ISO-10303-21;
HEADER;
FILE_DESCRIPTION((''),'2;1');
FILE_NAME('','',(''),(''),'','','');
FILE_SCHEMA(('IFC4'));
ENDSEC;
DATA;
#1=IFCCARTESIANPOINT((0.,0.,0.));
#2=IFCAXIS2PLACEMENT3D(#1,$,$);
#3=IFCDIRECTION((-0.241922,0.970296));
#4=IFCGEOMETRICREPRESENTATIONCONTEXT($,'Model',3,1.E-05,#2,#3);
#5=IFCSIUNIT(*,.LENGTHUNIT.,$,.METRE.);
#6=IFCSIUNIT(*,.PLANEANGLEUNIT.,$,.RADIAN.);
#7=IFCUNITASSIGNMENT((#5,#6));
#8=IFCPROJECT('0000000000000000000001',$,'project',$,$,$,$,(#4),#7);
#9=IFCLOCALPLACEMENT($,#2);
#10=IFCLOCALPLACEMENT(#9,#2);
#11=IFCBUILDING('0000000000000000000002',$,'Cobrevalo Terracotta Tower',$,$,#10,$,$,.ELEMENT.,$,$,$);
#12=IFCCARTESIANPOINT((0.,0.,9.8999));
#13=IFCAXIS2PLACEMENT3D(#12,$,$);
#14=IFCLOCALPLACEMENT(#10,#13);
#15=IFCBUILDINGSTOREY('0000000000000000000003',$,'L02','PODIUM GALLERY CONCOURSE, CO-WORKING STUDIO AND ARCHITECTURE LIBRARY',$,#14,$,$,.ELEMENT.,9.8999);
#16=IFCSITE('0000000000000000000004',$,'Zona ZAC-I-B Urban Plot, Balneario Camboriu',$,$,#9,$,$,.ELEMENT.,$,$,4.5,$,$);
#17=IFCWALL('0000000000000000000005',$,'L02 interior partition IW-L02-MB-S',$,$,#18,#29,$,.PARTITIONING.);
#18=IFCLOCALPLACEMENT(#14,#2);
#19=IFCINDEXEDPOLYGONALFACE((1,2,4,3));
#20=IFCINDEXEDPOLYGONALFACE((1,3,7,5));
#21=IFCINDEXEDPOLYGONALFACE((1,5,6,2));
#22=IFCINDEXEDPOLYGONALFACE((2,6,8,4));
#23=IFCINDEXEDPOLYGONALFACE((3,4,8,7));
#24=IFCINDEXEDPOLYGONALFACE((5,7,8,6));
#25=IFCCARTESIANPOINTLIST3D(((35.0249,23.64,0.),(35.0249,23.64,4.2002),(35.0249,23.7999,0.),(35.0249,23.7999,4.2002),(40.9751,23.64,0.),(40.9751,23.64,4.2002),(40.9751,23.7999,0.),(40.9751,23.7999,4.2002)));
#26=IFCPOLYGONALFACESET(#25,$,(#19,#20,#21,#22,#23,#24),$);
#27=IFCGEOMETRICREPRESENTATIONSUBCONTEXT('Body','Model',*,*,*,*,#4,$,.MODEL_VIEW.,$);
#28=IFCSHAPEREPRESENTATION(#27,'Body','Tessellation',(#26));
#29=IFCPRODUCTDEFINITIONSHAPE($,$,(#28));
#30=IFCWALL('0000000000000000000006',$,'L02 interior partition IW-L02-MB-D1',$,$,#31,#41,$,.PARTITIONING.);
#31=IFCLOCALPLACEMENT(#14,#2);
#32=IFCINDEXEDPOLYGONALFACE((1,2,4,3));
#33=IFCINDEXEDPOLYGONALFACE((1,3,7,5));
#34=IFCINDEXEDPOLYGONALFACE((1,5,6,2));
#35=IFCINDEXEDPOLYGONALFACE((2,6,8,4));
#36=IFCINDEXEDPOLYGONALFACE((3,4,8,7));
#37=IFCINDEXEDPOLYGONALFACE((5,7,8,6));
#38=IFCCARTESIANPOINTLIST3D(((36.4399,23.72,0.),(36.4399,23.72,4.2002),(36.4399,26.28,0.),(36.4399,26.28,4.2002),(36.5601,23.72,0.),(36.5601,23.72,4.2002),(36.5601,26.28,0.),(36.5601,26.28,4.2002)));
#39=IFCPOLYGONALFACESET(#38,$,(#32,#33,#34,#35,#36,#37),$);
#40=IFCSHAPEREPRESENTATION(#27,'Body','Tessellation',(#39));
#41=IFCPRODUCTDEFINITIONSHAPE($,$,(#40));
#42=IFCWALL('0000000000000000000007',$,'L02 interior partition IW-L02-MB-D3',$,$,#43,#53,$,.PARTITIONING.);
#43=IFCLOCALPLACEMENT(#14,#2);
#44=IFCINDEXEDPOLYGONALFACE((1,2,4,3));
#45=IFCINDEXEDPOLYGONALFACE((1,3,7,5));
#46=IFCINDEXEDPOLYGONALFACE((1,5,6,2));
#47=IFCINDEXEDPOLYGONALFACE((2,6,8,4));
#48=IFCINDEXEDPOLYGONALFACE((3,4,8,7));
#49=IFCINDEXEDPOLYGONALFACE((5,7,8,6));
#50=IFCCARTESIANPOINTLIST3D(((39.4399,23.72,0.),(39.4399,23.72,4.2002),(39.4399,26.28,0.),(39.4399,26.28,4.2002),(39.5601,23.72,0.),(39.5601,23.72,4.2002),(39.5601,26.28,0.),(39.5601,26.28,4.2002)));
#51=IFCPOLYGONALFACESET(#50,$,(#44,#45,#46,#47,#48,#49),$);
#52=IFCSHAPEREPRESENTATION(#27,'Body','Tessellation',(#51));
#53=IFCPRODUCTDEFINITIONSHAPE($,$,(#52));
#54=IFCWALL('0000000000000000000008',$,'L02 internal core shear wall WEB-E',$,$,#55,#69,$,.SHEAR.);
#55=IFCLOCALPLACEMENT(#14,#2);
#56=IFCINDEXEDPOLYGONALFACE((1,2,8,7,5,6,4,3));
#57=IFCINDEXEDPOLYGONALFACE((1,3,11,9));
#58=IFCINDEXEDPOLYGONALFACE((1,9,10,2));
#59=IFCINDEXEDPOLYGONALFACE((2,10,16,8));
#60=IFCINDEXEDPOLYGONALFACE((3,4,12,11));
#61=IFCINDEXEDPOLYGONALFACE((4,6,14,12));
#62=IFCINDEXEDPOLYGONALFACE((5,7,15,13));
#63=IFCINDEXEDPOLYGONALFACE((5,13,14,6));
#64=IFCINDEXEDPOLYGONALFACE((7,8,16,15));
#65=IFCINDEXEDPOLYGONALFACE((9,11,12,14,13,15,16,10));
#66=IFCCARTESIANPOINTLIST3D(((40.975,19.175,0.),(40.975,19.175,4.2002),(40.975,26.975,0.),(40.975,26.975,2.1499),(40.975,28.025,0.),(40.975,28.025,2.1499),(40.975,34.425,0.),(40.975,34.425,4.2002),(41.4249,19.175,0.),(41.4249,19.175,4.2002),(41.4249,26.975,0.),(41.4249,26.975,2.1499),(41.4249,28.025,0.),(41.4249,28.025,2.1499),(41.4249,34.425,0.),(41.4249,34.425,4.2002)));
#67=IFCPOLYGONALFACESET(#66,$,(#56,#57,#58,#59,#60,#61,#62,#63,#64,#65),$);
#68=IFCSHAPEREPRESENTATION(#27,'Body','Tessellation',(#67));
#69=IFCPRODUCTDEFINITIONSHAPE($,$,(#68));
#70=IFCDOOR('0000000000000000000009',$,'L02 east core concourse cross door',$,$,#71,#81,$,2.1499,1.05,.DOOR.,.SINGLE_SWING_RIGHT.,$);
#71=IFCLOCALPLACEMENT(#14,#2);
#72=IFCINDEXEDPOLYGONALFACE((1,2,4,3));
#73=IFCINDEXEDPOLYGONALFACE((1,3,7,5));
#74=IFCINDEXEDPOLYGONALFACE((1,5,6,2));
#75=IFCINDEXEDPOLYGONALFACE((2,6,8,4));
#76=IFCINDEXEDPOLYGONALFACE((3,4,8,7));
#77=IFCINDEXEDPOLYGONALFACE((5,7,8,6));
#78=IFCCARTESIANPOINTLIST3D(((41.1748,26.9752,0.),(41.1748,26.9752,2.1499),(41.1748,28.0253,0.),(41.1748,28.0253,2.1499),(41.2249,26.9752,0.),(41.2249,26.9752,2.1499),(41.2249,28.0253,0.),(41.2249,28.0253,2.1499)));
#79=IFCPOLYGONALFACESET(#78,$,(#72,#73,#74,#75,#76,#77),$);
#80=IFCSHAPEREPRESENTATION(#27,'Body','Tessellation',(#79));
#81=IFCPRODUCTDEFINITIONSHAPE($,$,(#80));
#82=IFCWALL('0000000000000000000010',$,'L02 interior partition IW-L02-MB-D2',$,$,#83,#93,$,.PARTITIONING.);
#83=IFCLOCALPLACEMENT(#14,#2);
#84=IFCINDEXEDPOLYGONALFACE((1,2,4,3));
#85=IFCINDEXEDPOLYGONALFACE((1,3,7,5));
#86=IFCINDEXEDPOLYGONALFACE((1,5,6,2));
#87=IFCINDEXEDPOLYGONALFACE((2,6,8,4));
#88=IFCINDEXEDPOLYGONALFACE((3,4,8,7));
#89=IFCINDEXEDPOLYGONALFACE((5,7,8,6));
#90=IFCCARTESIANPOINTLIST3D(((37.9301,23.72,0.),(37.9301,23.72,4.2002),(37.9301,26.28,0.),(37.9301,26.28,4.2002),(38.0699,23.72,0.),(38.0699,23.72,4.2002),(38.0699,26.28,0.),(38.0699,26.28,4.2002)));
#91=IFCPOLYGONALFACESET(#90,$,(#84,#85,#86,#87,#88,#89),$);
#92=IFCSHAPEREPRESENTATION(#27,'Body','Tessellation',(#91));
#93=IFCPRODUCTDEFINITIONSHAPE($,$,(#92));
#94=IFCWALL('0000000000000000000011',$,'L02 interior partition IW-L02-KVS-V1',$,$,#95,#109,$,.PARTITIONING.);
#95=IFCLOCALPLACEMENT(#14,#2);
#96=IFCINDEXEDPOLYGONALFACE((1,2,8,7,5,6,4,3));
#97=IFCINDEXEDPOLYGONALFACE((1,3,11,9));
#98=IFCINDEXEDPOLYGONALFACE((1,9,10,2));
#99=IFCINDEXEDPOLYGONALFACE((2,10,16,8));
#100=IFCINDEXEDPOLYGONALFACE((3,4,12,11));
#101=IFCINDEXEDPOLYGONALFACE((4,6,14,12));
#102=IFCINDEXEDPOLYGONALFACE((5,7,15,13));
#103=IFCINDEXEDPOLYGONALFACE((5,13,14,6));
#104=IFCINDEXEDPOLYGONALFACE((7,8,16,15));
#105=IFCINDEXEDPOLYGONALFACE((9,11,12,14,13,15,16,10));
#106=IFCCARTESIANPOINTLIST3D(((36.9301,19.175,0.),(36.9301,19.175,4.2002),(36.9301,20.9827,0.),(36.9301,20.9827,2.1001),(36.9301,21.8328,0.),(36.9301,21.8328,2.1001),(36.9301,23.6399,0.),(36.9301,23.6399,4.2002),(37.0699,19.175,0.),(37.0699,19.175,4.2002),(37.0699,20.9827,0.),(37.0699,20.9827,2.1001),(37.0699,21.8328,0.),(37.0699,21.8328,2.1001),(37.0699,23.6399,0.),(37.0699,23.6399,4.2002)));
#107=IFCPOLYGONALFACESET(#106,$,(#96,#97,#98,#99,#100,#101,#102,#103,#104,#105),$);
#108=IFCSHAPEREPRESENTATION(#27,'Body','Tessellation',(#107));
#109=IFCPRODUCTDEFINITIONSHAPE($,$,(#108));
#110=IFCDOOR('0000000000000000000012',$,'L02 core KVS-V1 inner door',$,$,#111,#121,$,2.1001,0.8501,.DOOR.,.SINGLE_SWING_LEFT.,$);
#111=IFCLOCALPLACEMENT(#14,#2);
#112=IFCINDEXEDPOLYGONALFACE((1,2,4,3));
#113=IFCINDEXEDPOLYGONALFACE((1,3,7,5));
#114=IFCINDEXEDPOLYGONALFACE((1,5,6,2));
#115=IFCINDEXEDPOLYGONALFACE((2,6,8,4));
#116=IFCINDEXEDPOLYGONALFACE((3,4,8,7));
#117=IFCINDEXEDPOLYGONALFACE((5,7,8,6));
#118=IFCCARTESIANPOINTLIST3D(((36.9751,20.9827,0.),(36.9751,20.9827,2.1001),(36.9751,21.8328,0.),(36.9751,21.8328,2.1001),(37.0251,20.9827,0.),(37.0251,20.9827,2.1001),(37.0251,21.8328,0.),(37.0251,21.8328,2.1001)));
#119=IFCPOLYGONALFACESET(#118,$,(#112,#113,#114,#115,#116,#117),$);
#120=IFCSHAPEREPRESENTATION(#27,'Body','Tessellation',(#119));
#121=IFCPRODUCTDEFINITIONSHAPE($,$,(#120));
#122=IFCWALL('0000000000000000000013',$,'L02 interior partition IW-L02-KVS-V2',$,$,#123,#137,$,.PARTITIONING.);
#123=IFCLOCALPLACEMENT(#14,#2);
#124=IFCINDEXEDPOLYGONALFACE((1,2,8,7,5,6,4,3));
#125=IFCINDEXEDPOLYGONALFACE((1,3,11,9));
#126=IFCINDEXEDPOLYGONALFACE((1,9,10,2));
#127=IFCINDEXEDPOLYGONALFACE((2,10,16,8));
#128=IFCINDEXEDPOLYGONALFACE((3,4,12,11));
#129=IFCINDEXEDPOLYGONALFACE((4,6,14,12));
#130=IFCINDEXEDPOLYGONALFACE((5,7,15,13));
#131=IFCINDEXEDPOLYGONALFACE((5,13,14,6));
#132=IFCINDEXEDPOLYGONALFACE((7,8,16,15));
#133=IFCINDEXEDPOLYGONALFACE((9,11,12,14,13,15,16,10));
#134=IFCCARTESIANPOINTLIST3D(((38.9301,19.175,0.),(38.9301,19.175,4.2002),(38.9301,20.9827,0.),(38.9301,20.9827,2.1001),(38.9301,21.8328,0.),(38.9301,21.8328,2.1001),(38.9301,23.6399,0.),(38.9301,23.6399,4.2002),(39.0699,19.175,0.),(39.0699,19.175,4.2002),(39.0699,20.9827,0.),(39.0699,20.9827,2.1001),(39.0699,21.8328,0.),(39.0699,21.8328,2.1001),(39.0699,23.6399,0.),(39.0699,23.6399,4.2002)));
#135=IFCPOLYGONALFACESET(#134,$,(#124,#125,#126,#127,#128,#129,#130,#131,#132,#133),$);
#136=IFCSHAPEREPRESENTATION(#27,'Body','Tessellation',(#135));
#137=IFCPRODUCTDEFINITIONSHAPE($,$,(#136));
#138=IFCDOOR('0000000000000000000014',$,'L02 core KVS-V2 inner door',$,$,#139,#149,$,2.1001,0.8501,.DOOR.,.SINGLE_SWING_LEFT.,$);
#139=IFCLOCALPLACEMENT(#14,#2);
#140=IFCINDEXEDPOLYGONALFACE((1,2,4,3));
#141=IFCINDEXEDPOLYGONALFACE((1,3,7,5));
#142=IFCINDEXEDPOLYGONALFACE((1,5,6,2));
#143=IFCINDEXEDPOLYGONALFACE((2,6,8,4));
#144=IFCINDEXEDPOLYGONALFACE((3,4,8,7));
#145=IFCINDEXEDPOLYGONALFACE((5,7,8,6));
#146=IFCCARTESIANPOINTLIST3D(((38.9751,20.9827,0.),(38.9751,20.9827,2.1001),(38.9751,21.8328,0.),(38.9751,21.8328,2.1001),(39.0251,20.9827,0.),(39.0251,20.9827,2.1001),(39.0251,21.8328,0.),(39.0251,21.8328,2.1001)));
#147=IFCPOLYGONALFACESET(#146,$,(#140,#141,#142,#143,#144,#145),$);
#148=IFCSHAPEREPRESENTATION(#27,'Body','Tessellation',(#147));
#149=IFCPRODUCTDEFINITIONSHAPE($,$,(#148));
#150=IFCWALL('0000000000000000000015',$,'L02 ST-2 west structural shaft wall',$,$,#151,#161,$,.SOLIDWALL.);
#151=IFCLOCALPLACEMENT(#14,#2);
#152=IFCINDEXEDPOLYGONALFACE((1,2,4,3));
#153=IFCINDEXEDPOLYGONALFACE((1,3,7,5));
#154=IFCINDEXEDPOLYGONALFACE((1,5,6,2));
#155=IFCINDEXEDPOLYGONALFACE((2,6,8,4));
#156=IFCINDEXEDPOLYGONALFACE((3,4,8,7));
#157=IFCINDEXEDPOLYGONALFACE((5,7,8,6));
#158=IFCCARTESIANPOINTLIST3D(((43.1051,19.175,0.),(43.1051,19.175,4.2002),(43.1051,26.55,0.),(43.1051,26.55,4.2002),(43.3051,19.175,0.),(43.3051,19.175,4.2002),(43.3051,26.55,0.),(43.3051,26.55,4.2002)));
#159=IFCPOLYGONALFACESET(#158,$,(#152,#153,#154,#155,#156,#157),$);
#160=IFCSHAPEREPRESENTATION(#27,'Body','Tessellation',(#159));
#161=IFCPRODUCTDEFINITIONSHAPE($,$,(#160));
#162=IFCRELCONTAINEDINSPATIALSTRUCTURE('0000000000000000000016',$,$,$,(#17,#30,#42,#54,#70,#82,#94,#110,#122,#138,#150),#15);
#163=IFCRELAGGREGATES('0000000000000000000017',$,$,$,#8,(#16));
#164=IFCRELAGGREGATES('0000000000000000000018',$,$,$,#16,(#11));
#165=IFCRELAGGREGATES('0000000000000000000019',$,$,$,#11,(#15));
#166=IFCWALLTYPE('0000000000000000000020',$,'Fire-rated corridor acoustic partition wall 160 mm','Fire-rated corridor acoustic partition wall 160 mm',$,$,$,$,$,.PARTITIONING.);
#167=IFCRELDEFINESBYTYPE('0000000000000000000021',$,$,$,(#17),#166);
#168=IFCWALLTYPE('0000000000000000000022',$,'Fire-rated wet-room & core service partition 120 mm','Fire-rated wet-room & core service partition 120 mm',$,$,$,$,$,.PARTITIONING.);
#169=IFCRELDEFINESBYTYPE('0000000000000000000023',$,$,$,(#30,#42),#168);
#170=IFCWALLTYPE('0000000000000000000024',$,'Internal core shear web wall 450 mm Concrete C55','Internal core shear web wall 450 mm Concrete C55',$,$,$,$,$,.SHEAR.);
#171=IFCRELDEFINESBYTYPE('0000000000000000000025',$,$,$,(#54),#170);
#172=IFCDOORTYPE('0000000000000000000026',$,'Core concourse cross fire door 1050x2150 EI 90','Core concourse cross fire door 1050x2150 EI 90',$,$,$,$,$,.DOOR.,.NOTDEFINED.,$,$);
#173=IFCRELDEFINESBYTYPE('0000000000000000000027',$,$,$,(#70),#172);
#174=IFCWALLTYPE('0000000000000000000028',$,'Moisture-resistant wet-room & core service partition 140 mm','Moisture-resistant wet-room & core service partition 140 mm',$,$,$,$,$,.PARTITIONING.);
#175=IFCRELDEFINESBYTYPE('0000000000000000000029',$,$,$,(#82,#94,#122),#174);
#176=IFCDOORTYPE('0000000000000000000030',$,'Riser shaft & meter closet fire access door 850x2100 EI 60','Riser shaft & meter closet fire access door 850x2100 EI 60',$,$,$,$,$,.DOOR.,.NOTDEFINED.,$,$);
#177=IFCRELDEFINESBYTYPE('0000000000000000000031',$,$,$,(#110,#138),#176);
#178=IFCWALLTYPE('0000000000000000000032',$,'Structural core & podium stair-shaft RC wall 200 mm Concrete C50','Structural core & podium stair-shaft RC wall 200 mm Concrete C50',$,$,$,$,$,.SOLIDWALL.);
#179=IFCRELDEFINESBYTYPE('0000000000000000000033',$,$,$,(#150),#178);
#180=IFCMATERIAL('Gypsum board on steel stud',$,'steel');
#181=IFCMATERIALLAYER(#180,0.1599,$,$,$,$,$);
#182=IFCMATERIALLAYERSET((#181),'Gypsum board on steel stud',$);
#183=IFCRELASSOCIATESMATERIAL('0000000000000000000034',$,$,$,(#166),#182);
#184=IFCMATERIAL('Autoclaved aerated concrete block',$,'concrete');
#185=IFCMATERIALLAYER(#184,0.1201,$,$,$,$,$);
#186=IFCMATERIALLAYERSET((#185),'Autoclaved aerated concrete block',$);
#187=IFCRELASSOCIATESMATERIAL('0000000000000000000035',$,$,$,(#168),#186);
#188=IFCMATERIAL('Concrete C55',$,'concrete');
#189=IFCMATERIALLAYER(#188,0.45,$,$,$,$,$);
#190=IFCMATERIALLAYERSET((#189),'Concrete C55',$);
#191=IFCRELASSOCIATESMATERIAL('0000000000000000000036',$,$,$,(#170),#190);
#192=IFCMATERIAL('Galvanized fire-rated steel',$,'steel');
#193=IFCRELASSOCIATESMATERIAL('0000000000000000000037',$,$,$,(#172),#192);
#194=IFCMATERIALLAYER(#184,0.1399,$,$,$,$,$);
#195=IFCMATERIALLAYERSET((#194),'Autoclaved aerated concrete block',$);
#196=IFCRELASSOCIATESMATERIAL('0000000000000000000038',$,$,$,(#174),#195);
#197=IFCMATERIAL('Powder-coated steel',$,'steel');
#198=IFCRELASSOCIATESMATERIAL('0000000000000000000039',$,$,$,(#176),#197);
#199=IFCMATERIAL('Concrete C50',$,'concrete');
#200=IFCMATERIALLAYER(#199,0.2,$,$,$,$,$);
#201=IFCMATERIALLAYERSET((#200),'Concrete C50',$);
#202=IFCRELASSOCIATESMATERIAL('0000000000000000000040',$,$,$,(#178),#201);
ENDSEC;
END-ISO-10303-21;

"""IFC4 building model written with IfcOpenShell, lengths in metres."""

from ifc_helpers import new_model, si_unit, direction, frame, frame_2d, origin, place, context, subcontext, project, spatial, rectangle, extrude, source, transform, mapped, material, layer, layer_set, type_object, element, fill, save


model = new_model("IFC4")

# Units and contexts
model_context = context("Model", 3, precision=1e-05, world=origin(), true_north=direction((-0.241922, 0.970296)))
body_context = subcontext(model_context, "Body", "Model", "MODEL_VIEW")
ifc_project = project(units=[si_unit("LENGTHUNIT", "METRE"), si_unit("PLANEANGLEUNIT", "RADIAN")], contexts=[model_context])

# Site, building, storey
site_placement = place(None, origin())
site = spatial("IfcSite", under=ifc_project, at=site_placement, Name="Zona ZAC-I-B Urban Plot, Balneario Camboriu", CompositionType="ELEMENT", RefElevation=4.5)
building_placement = place(site_placement, origin())
building = spatial("IfcBuilding", under=site, at=building_placement, Name="Cobrevalo Terracotta Tower", CompositionType="ELEMENT")
storey_placement = place(building_placement, frame((0.0, 0.0, 9.8999)))
storey = spatial("IfcBuildingStorey", under=building, at=storey_placement, Name="L02", Description="PODIUM GALLERY CONCOURSE, CO-WORKING STUDIO AND ARCHITECTURE LIBRARY", CompositionType="ELEMENT", Elevation=9.8999)

# Walls
ifc_material_1 = material(Name="Gypsum board on steel stud", Category="steel")
ifc_layer_1 = layer(ifc_material_1, 0.1599)
ifc_layer_set_1 = layer_set([ifc_layer_1], Name="Gypsum board on steel stud")
wall_type_1 = type_object("IfcWallType", Name="Fire-rated corridor acoustic partition wall 160 mm", Description="Fire-rated corridor acoustic partition wall 160 mm", PredefinedType="PARTITIONING", material=ifc_layer_set_1)
wall_1_placement = place(storey_placement, frame((35.0249, 23.72, 0.0), z_axis=(0.0, 0.0, 1.0), x_axis=(1.0, 0.0, 0.0)))
element("IfcWall", 1, at=wall_1_placement, inside=storey, type_object=wall_type_1, Name="L02 interior partition IW-L02-MB-S", PredefinedType="PARTITIONING", context=body_context, shape_type="SweptSolid", body=[
    extrude(rectangle(XDim=5.9502, YDim=0.1599, at=frame_2d((2.9751, 0.0))), origin(), (0.0, 0.0, 1.0), 4.2002),
])
ifc_material_2 = material(Name="Autoclaved aerated concrete block", Category="concrete")
ifc_layer_2 = layer(ifc_material_2, 0.1201)
ifc_layer_set_2 = layer_set([ifc_layer_2], Name="Autoclaved aerated concrete block")
wall_type_2 = type_object("IfcWallType", Name="Fire-rated wet-room & core service partition 120 mm", Description="Fire-rated wet-room & core service partition 120 mm", PredefinedType="PARTITIONING", material=ifc_layer_set_2)
for number, where, z_axis, x_axis, name in (
    (2, (36.5, 23.72, 0.0), (0.0, 0.0, 1.0), (0.0, 1.0, 0.0), "L02 interior partition IW-L02-MB-D1"),
    (3, (39.5, 23.72, 0.0), (0.0, 0.0, 1.0), (0.0, 1.0, 0.0), "L02 interior partition IW-L02-MB-D3"),
):
    element("IfcWall", number, at=place(storey_placement, frame(where, z_axis=z_axis, x_axis=x_axis)), inside=storey, type_object=wall_type_2, Name=name, PredefinedType="PARTITIONING", context=body_context, shape_type="SweptSolid", body=[
        extrude(rectangle(XDim=2.5601, YDim=0.1201, at=frame_2d((1.28, 0.0))), origin(), (0.0, 0.0, 1.0), 4.2002),
    ])

# Wall, opening, door
ifc_material_3 = material(Name="Concrete C55", Category="concrete")
ifc_layer_3 = layer(ifc_material_3, 0.45)
ifc_layer_set_3 = layer_set([ifc_layer_3], Name="Concrete C55")
wall_type_3 = type_object("IfcWallType", Name="Internal core shear web wall 450 mm Concrete C55", Description="Internal core shear web wall 450 mm Concrete C55", PredefinedType="SHEAR", material=ifc_layer_set_3)
wall_2_placement = place(storey_placement, frame((41.2, 19.175, 0.0), z_axis=(0.0, 0.0, 1.0), x_axis=(0.0, 1.0, 0.0)))
wall_2 = element("IfcWall", 4, at=wall_2_placement, inside=storey, type_object=wall_type_3, Name="L02 internal core shear wall WEB-E", PredefinedType="SHEAR", context=body_context, shape_type="SweptSolid", body=[
    extrude(rectangle(XDim=15.25, YDim=0.45, at=frame_2d((7.625, 0.0))), origin(), (0.0, 0.0, 1.0), 4.2002),
])
opening_1_placement = place(wall_2_placement, frame((7.8, 0.0, 0.0)))
opening_1 = element("IfcOpeningElement", 5, at=opening_1_placement, cuts=wall_2, PredefinedType="OPENING", context=body_context, shape_type="SweptSolid", body=[
    extrude(rectangle(XDim=1.05, YDim=2.1499, at=frame_2d((0.5249, 1.075))), frame((0.0, 0.2349, 0.0), z_axis=(0.0, -1.0, 0.0), x_axis=(1.0, 0.0, 0.0)), (0.0, 0.0, 1.0), 0.47),
])
ifc_material_4 = material(Name="Galvanized fire-rated steel", Category="steel")
door_type_1 = type_object("IfcDoorType", Name="Core concourse cross fire door 1050x2150 EI 90", Description="Core concourse cross fire door 1050x2150 EI 90", OperationType="NOTDEFINED", PredefinedType="DOOR", material=ifc_material_4)
shared_shape_1 = source(origin(), body_context, "Body", "SweptSolid", [
    extrude(rectangle(XDim=1.05, YDim=2.1499, at=frame_2d((0.5249, 1.075))), frame((0.0, 0.0249, 0.0), z_axis=(0.0, -1.0, 0.0), x_axis=(1.0, 0.0, 0.0)), (0.0, 0.0, 1.0), 0.05),
])
door_1_placement = place(opening_1_placement, frame((1.05, 0.0, 0.0), z_axis=(0.0, 0.0, 1.0), x_axis=(-1.0, 0.0, 0.0)))
door_1 = element("IfcDoor", 6, at=door_1_placement, inside=storey, type_object=door_type_1, Name="L02 east core concourse cross door", OperationType="SINGLE_SWING_RIGHT", OverallHeight=2.1499, OverallWidth=1.05, PredefinedType="DOOR", context=body_context, shape_type="MappedRepresentation", body=[
    mapped(shared_shape_1, transform((0.0, 0.0, 0.0), scale=1.0)),
])
fill(opening_1, door_1)

# Wall
ifc_layer_4 = layer(ifc_material_2, 0.1399)
ifc_layer_set_4 = layer_set([ifc_layer_4], Name="Autoclaved aerated concrete block")
wall_type_4 = type_object("IfcWallType", Name="Moisture-resistant wet-room & core service partition 140 mm", Description="Moisture-resistant wet-room & core service partition 140 mm", PredefinedType="PARTITIONING", material=ifc_layer_set_4)
wall_3_placement = place(storey_placement, frame((38.0, 23.72, 0.0), z_axis=(0.0, 0.0, 1.0), x_axis=(0.0, 1.0, 0.0)))
element("IfcWall", 7, at=wall_3_placement, inside=storey, type_object=wall_type_4, Name="L02 interior partition IW-L02-MB-D2", PredefinedType="PARTITIONING", context=body_context, shape_type="SweptSolid", body=[
    extrude(rectangle(XDim=2.5601, YDim=0.1399, at=frame_2d((1.28, 0.0))), origin(), (0.0, 0.0, 1.0), 4.2002),
])

# Walls, openings, doors
wall_4_placement = place(storey_placement, frame((37.0, 19.175, 0.0), z_axis=(0.0, 0.0, 1.0), x_axis=(0.0, 1.0, 0.0)))
wall_4 = element("IfcWall", 8, at=wall_4_placement, inside=storey, type_object=wall_type_4, Name="L02 interior partition IW-L02-KVS-V1", PredefinedType="PARTITIONING", context=body_context, shape_type="SweptSolid", body=[
    extrude(rectangle(XDim=4.4648, YDim=0.1399, at=frame_2d((2.2324, 0.0))), origin(), (0.0, 0.0, 1.0), 4.2002),
])
opening_2_placement = place(wall_4_placement, frame((1.8076, 0.0, 0.0)))
opening_2 = element("IfcOpeningElement", 9, at=opening_2_placement, cuts=wall_4, PredefinedType="OPENING", context=body_context, shape_type="SweptSolid", body=[
    extrude(rectangle(XDim=0.8501, YDim=2.1001, at=frame_2d((0.425, 1.05))), frame((0.0, 0.0801, 0.0), z_axis=(0.0, -1.0, 0.0), x_axis=(1.0, 0.0, 0.0)), (0.0, 0.0, 1.0), 0.1599),
])
ifc_material_5 = material(Name="Powder-coated steel", Category="steel")
door_type_2 = type_object("IfcDoorType", Name="Riser shaft & meter closet fire access door 850x2100 EI 60", Description="Riser shaft & meter closet fire access door 850x2100 EI 60", OperationType="NOTDEFINED", PredefinedType="DOOR", material=ifc_material_5)
shared_shape_2 = source(origin(), body_context, "Body", "SweptSolid", [
    extrude(rectangle(XDim=0.8501, YDim=2.1001, at=frame_2d((0.425, 1.05))), frame((0.0, 0.0249, 0.0), z_axis=(0.0, -1.0, 0.0), x_axis=(1.0, 0.0, 0.0)), (0.0, 0.0, 1.0), 0.05),
])
door_2_placement = place(opening_2_placement, origin())
door_2 = element("IfcDoor", 10, at=door_2_placement, inside=storey, type_object=door_type_2, Name="L02 core KVS-V1 inner door", OperationType="SINGLE_SWING_LEFT", OverallHeight=2.1001, OverallWidth=0.8501, PredefinedType="DOOR", context=body_context, shape_type="MappedRepresentation", body=[
    mapped(shared_shape_2, transform((0.0, 0.0, 0.0), scale=1.0)),
])
fill(opening_2, door_2)
wall_5_placement = place(storey_placement, frame((39.0, 19.175, 0.0), z_axis=(0.0, 0.0, 1.0), x_axis=(0.0, 1.0, 0.0)))
wall_5 = element("IfcWall", 11, at=wall_5_placement, inside=storey, type_object=wall_type_4, Name="L02 interior partition IW-L02-KVS-V2", PredefinedType="PARTITIONING", context=body_context, shape_type="SweptSolid", body=[
    extrude(rectangle(XDim=4.4648, YDim=0.1399, at=frame_2d((2.2324, 0.0))), origin(), (0.0, 0.0, 1.0), 4.2002),
])
opening_3_placement = place(wall_5_placement, frame((1.8076, 0.0, 0.0)))
opening_3 = element("IfcOpeningElement", 12, at=opening_3_placement, cuts=wall_5, PredefinedType="OPENING", context=body_context, shape_type="SweptSolid", body=[
    extrude(rectangle(XDim=0.8501, YDim=2.1001, at=frame_2d((0.425, 1.05))), frame((0.0, 0.0801, 0.0), z_axis=(0.0, -1.0, 0.0), x_axis=(1.0, 0.0, 0.0)), (0.0, 0.0, 1.0), 0.1599),
])
door_3_placement = place(opening_3_placement, origin())
door_3 = element("IfcDoor", 13, at=door_3_placement, inside=storey, type_object=door_type_2, Name="L02 core KVS-V2 inner door", OperationType="SINGLE_SWING_LEFT", OverallHeight=2.1001, OverallWidth=0.8501, PredefinedType="DOOR", context=body_context, shape_type="MappedRepresentation", body=[
    mapped(shared_shape_2, transform((0.0, 0.0, 0.0), scale=1.0)),
])
fill(opening_3, door_3)

# Wall
ifc_material_6 = material(Name="Concrete C50", Category="concrete")
ifc_layer_5 = layer(ifc_material_6, 0.2)
ifc_layer_set_5 = layer_set([ifc_layer_5], Name="Concrete C50")
wall_type_5 = type_object("IfcWallType", Name="Structural core & podium stair-shaft RC wall 200 mm Concrete C50", Description="Structural core & podium stair-shaft RC wall 200 mm Concrete C50", PredefinedType="SOLIDWALL", material=ifc_layer_set_5)
wall_6_placement = place(storey_placement, frame((43.2051, 19.175, 0.0), z_axis=(0.0, 0.0, 1.0), x_axis=(0.0, 1.0, 0.0)))
element("IfcWall", 14, at=wall_6_placement, inside=storey, type_object=wall_type_5, Name="L02 ST-2 west structural shaft wall", PredefinedType="SOLIDWALL", context=body_context, shape_type="SweptSolid", body=[
    extrude(rectangle(XDim=7.375, YDim=0.2, at=frame_2d((3.6875, 0.0))), origin(), (0.0, 0.0, 1.0), 4.2002),
])

save(model, "model.ifc")
